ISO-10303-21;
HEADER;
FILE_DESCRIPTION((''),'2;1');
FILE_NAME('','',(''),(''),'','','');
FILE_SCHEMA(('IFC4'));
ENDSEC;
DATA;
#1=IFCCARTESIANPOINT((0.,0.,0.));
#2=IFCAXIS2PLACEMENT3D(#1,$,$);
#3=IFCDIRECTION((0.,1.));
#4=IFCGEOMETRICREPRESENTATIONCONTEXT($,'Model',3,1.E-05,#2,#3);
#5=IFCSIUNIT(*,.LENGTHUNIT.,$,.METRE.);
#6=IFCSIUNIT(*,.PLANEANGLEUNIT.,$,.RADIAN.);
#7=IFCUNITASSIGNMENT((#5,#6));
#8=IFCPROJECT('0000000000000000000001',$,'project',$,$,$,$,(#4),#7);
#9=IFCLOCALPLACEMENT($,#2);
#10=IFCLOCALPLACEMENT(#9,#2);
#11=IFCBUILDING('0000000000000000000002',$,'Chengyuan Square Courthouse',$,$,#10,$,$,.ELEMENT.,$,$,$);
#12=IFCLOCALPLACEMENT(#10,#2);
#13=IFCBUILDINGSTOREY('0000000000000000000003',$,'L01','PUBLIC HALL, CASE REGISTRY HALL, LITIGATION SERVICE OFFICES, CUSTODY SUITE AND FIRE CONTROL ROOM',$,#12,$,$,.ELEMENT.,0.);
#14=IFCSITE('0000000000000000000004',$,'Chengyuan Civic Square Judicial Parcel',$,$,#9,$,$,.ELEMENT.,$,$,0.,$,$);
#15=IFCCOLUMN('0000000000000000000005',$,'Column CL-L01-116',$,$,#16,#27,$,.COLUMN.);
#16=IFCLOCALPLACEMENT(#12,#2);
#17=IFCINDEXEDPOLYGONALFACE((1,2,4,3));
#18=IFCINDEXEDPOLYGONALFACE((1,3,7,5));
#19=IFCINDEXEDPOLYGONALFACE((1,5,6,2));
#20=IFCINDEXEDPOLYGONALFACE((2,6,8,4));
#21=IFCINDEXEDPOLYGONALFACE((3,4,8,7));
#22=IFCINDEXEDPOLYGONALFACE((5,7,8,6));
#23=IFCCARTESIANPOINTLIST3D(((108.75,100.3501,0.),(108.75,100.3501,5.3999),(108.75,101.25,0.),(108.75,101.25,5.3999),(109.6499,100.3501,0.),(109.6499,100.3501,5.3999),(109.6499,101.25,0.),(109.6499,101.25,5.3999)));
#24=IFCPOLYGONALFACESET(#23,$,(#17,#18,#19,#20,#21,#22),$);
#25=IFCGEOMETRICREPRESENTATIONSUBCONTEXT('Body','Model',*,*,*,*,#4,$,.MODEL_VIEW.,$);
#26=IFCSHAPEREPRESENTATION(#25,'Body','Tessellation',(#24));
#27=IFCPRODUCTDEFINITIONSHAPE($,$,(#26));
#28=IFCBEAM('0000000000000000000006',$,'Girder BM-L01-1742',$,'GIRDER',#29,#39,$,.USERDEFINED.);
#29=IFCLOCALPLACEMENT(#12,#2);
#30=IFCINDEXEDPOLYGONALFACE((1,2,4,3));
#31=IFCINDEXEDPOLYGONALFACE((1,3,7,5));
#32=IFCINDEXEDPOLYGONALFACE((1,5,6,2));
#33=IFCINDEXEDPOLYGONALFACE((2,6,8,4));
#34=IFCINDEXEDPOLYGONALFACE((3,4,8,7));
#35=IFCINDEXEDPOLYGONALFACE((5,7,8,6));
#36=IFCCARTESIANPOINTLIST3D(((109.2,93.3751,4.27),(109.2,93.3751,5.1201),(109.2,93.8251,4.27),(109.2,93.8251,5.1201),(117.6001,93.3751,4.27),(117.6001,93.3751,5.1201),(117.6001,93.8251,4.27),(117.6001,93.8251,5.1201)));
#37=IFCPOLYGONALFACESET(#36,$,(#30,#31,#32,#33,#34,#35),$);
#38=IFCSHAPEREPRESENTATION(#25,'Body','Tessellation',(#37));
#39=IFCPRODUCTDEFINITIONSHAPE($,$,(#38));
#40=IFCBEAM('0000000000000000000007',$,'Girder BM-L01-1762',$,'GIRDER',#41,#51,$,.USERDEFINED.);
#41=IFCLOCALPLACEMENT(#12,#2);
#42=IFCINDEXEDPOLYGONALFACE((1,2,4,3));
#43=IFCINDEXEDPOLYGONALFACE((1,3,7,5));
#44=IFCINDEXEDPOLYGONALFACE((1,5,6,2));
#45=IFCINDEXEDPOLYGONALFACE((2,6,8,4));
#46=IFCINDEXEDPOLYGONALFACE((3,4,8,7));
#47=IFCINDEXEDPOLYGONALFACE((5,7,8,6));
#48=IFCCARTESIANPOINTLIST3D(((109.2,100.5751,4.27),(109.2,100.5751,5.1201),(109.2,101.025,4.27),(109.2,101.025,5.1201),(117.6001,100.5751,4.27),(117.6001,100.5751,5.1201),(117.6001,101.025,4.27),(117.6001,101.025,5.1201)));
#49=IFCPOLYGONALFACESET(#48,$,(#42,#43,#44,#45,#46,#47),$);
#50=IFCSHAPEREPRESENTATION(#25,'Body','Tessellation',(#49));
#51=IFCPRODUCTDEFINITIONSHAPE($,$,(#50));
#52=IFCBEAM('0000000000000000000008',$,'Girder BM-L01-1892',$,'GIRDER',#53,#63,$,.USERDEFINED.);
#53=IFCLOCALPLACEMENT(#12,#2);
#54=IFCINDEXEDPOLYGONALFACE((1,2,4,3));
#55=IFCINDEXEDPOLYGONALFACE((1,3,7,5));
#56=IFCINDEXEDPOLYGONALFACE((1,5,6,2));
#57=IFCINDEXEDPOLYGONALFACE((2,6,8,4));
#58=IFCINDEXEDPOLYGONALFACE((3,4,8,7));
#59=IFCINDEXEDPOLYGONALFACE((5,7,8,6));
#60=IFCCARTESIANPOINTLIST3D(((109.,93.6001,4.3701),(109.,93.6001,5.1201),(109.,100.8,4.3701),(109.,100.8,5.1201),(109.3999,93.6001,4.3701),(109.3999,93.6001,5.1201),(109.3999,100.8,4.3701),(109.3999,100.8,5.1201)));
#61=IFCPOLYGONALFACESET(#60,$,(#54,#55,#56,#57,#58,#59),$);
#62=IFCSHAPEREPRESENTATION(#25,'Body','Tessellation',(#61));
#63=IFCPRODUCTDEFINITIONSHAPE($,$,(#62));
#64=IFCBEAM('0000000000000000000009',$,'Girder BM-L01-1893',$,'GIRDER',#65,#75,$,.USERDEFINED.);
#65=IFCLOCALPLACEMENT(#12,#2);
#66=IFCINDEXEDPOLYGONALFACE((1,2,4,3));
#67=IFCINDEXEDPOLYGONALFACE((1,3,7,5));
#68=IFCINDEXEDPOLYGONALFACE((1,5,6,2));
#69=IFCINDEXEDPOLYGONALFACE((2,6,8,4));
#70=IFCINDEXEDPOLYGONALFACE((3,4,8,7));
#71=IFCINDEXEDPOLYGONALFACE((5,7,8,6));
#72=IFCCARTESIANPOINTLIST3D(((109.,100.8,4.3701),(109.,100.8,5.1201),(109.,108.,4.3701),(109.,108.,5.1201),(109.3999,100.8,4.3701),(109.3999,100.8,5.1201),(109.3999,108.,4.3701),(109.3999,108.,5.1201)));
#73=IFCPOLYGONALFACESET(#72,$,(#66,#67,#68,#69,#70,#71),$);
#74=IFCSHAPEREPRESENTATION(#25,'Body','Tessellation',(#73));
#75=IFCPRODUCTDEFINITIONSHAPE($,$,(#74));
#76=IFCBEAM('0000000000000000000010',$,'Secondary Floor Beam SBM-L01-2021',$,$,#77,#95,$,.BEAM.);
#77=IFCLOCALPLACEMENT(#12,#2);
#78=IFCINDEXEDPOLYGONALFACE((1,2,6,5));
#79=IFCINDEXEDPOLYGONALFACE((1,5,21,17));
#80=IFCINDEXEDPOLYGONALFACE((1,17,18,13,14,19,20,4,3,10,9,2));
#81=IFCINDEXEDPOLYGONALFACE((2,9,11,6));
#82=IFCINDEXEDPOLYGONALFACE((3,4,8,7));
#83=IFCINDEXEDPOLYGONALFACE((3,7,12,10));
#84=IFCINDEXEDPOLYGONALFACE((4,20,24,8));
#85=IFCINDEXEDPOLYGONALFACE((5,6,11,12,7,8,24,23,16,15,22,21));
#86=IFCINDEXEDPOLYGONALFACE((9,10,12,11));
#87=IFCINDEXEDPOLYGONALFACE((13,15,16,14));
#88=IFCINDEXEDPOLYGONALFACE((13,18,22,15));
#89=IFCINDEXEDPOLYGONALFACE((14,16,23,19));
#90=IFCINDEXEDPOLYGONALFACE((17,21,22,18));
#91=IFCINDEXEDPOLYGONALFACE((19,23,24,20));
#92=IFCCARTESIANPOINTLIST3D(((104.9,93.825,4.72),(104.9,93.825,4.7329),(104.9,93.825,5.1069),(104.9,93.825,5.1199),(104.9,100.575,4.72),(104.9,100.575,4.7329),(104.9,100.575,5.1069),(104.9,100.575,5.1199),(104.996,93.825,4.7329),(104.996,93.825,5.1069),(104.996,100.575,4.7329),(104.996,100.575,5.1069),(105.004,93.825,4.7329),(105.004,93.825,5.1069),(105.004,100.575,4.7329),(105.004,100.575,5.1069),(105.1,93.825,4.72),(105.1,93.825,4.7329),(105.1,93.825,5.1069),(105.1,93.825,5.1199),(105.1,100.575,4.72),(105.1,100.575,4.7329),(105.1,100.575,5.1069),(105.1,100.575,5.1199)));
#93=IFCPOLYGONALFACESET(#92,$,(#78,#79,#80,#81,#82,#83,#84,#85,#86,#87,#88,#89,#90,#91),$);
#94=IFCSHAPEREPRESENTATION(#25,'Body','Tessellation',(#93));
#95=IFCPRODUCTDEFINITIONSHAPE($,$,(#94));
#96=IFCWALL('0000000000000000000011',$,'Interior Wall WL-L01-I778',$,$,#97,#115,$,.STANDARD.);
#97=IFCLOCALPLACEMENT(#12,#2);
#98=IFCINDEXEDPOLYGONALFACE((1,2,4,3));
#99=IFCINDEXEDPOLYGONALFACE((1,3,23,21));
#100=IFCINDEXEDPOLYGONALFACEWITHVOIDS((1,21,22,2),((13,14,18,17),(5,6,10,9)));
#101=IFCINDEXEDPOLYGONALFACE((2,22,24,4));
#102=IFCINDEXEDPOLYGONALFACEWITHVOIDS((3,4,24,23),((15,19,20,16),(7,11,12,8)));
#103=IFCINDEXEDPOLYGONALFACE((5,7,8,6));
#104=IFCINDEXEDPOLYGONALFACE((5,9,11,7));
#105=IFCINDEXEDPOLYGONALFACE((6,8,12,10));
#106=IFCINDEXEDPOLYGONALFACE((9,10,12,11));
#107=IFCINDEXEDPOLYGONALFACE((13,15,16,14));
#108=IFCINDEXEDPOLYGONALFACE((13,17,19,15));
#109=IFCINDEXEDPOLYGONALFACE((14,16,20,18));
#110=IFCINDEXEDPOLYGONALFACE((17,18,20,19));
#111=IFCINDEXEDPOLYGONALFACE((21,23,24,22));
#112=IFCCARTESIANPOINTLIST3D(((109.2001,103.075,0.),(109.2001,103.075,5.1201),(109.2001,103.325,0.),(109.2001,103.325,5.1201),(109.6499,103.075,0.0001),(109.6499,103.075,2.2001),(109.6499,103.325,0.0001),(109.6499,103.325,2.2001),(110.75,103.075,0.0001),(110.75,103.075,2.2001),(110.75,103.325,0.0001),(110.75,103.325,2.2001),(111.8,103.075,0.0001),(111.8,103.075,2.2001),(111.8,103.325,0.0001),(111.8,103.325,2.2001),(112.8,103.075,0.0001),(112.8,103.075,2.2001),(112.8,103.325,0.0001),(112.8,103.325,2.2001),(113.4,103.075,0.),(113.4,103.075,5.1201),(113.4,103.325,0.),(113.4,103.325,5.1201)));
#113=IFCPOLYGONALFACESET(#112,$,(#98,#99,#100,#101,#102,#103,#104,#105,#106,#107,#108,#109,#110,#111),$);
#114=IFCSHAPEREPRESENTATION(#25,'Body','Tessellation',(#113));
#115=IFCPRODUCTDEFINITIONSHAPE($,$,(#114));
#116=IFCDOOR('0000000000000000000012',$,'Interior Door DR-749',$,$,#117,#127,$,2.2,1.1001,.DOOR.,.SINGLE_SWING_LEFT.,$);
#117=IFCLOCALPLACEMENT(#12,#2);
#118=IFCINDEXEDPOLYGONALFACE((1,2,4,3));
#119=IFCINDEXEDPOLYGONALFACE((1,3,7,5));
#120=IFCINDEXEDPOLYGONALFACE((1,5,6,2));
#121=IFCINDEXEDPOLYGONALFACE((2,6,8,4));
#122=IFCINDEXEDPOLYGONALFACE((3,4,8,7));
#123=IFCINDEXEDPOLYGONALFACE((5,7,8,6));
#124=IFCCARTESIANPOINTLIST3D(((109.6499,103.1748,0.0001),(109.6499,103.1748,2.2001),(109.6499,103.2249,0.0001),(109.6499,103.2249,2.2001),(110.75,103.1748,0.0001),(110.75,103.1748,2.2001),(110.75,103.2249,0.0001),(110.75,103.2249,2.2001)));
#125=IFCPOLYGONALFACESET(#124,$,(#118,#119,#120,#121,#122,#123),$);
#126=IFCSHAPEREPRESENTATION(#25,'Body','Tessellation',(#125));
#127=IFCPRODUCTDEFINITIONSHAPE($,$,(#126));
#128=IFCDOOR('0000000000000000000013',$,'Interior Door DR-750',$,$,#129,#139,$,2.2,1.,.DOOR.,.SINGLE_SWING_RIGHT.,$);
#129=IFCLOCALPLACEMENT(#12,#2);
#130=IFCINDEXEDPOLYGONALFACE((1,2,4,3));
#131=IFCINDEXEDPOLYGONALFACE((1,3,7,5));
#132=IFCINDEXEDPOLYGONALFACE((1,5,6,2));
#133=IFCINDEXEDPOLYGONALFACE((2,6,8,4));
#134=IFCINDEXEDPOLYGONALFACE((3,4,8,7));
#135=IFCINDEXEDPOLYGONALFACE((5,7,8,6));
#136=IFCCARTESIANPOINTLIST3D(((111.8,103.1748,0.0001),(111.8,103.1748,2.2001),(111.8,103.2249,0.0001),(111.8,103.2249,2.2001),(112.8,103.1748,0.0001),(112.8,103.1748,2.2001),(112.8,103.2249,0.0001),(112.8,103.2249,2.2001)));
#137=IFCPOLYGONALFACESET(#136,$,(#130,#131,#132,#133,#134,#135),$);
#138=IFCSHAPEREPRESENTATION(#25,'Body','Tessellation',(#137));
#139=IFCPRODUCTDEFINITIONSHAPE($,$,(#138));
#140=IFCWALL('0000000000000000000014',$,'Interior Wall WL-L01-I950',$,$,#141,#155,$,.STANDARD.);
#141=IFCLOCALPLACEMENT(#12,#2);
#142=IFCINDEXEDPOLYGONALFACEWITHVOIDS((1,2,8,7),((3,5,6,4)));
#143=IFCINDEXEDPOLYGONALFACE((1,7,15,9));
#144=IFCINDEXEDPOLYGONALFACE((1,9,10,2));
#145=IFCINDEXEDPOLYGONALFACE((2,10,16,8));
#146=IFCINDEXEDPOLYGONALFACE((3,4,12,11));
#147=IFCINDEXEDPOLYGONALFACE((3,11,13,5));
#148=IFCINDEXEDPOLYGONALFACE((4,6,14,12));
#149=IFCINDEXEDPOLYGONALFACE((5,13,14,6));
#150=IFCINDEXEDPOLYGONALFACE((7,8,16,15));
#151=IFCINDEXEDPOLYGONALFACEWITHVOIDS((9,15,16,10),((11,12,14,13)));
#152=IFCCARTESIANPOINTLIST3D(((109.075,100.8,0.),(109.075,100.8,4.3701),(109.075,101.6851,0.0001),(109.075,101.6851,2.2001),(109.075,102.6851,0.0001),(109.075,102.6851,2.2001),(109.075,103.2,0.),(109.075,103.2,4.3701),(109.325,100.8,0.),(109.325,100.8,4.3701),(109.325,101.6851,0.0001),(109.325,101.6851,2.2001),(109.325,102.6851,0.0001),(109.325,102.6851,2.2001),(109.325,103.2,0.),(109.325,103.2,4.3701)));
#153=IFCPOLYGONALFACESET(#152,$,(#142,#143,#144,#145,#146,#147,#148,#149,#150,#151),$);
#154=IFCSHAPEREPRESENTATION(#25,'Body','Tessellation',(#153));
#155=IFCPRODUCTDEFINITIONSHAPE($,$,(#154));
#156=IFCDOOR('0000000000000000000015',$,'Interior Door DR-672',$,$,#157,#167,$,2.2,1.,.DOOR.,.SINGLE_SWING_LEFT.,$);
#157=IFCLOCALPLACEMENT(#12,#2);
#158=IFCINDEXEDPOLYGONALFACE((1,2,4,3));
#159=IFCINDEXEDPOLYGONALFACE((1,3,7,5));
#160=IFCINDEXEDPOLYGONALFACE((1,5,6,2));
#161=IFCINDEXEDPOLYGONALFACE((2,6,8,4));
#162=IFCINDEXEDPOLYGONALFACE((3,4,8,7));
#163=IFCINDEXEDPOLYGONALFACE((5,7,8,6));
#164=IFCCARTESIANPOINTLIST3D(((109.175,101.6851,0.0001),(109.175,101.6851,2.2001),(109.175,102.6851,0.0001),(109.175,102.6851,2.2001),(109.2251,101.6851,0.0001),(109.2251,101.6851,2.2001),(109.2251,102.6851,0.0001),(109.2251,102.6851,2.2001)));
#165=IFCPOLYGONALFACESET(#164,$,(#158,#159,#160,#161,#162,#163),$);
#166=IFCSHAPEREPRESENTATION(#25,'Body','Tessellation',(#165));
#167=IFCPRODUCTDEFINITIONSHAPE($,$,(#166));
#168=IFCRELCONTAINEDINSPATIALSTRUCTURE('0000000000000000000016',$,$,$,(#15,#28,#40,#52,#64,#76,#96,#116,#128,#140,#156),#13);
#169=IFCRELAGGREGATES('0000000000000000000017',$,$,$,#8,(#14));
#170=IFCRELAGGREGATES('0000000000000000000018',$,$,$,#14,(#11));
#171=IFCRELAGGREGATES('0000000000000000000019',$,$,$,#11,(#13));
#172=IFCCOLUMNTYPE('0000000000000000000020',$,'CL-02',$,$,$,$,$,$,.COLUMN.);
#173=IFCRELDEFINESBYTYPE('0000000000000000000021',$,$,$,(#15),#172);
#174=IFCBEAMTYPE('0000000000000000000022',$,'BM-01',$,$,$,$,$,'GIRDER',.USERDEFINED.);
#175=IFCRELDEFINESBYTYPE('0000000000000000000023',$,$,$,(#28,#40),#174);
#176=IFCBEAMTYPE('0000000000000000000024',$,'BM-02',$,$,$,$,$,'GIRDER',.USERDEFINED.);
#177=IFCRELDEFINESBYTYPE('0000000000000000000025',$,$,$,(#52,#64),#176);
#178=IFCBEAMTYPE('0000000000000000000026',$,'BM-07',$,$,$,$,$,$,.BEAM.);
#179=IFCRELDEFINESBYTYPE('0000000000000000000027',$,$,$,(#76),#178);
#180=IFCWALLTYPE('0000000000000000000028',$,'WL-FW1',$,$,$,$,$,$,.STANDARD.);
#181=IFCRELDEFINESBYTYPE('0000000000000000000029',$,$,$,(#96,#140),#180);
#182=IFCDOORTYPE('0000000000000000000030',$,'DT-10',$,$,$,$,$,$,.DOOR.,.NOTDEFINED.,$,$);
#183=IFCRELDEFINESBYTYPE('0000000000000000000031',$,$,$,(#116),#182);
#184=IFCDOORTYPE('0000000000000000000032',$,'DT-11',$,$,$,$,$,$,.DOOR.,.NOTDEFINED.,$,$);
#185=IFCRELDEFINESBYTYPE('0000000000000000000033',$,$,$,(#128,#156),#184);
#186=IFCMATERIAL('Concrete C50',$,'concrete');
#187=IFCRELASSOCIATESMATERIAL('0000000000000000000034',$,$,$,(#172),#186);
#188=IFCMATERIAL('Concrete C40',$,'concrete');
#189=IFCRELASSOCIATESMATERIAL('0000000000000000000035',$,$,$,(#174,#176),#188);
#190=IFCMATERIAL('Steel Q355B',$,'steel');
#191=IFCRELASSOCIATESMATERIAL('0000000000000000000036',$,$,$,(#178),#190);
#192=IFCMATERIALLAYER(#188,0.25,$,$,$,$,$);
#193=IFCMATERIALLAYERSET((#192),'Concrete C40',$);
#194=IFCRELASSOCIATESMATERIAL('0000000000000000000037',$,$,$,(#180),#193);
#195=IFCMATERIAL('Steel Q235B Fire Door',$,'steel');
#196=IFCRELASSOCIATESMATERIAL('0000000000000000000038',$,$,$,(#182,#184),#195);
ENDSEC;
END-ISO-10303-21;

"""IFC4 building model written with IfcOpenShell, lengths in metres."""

from ifc_helpers import new_model, si_unit, direction, frame, frame_2d, origin, origin_2d, place, context, subcontext, project, spatial, rectangle, i_section, extrude, material, layer, layer_set, material_profile, profile_set, type_object, element, fill, save


model = new_model("IFC4")

# Units and contexts
model_context = context("Model", 3, precision=1e-05, world=origin(), true_north=direction((0.0, 1.0)))
body_context = subcontext(model_context, "Body", "Model", "MODEL_VIEW")
ifc_project = project(units=[si_unit("LENGTHUNIT", "METRE"), si_unit("PLANEANGLEUNIT", "RADIAN")], contexts=[model_context])

# Site, building, storey
site_placement = place(None, origin())
site = spatial("IfcSite", under=ifc_project, at=site_placement, Name="Chengyuan Civic Square Judicial Parcel", CompositionType="ELEMENT", RefElevation=0.0)
building_placement = place(site_placement, origin())
building = spatial("IfcBuilding", under=site, at=building_placement, Name="Chengyuan Square Courthouse", CompositionType="ELEMENT")
storey_placement = place(building_placement, origin())
storey = spatial("IfcBuildingStorey", under=building, at=storey_placement, Name="L01", Description="PUBLIC HALL, CASE REGISTRY HALL, LITIGATION SERVICE OFFICES, CUSTODY SUITE AND FIRE CONTROL ROOM", CompositionType="ELEMENT", Elevation=0.0)

# Column
ifc_material_1 = material(Name="Concrete C50", Category="concrete")
ifc_material_profile_1 = material_profile(ifc_material_1, rectangle(XDim=0.8999, YDim=0.8999, at=origin_2d()), Name="RC-COL-900x900")
ifc_profile_set_1 = profile_set([ifc_material_profile_1], Name="Concrete C50")
column_type = type_object("IfcColumnType", Name="CL-02", PredefinedType="COLUMN", material=ifc_profile_set_1)
column_placement = place(storey_placement, frame((109.2, 100.8, 0.0), z_axis=(0.0, 0.0, 1.0), x_axis=(1.0, 0.0, 0.0)))
element("IfcColumn", 1, at=column_placement, inside=storey, type_object=column_type, Name="Column CL-L01-116", PredefinedType="COLUMN", context=body_context, shape_type="SweptSolid", body=[
    extrude(rectangle(XDim=0.8999, YDim=0.8999, at=origin_2d()), origin(), (0.0, 0.0, 1.0), 5.3999),
])

# Beams
ifc_material_2 = material(Name="Concrete C40", Category="concrete")
ifc_material_profile_2 = material_profile(ifc_material_2, rectangle(XDim=0.45, YDim=0.8501, at=origin_2d()), Name="RC-BM-450x850")
ifc_profile_set_2 = profile_set([ifc_material_profile_2], Name="Concrete C40")
beam_type_1 = type_object("IfcBeamType", Name="BM-01", ElementType="GIRDER", PredefinedType="USERDEFINED", material=ifc_profile_set_2)
for number, where, z_axis, x_axis, name in (
    (2, (109.2, 93.6001, 4.6951), (1.0, 0.0, 0.0), (0.0, 1.0, 0.0), "Girder BM-L01-1742"),
    (3, (109.2, 100.8, 4.6951), (1.0, 0.0, 0.0), (0.0, 1.0, 0.0), "Girder BM-L01-1762"),
):
    element("IfcBeam", number, at=place(storey_placement, frame(where, z_axis=z_axis, x_axis=x_axis)), inside=storey, type_object=beam_type_1, Name=name, ObjectType="GIRDER", PredefinedType="USERDEFINED", context=body_context, shape_type="SweptSolid", body=[
        extrude(rectangle(XDim=0.45, YDim=0.8501, at=origin_2d()), origin(), (0.0, 0.0, 1.0), 8.4001),
    ])
ifc_material_profile_3 = material_profile(ifc_material_2, rectangle(XDim=0.3999, YDim=0.75, at=origin_2d()), Name="RC-BM-400x750")
ifc_profile_set_3 = profile_set([ifc_material_profile_3], Name="Concrete C40")
beam_type_2 = type_object("IfcBeamType", Name="BM-02", ElementType="GIRDER", PredefinedType="USERDEFINED", material=ifc_profile_set_3)
for number, where, z_axis, x_axis, name in (
    (4, (109.2, 93.6001, 4.7451), (0.0, 1.0, 0.0), (-1.0, 0.0, 0.0), "Girder BM-L01-1892"),
    (5, (109.2, 100.8, 4.7451), (0.0, 1.0, 0.0), (-1.0, 0.0, 0.0), "Girder BM-L01-1893"),
):
    element("IfcBeam", number, at=place(storey_placement, frame(where, z_axis=z_axis, x_axis=x_axis)), inside=storey, type_object=beam_type_2, Name=name, ObjectType="GIRDER", PredefinedType="USERDEFINED", context=body_context, shape_type="SweptSolid", body=[
        extrude(rectangle(XDim=0.3999, YDim=0.75, at=origin_2d()), origin(), (0.0, 0.0, 1.0), 7.2),
    ])
ifc_material_3 = material(Name="Steel Q355B", Category="steel")
ifc_material_profile_4 = material_profile(ifc_material_3, i_section(OverallWidth=0.2, OverallDepth=0.3999, WebThickness=0.0081, FlangeThickness=0.0129, at=origin_2d()), Name="HN 400x200x8x13")
ifc_profile_set_4 = profile_set([ifc_material_profile_4], Name="Steel Q355B")
beam_type_3 = type_object("IfcBeamType", Name="BM-07", PredefinedType="BEAM", material=ifc_profile_set_4)
beam_placement = place(storey_placement, frame((105.0, 93.825, 4.9199), z_axis=(0.0, 1.0, 0.0), x_axis=(-1.0, 0.0, 0.0)))
element("IfcBeam", 6, at=beam_placement, inside=storey, type_object=beam_type_3, Name="Secondary Floor Beam SBM-L01-2021", PredefinedType="BEAM", context=body_context, shape_type="SweptSolid", body=[
    extrude(i_section(OverallWidth=0.2, OverallDepth=0.3999, WebThickness=0.0081, FlangeThickness=0.0129, at=origin_2d()), origin(), (0.0, 0.0, 1.0), 6.75),
])

# Wall, openings, doors
ifc_layer_1 = layer(ifc_material_2, 0.25)
ifc_layer_set_1 = layer_set([ifc_layer_1], Name="Concrete C40")
wall_type_1 = type_object("IfcWallType", Name="WL-FW1", PredefinedType="STANDARD", material=ifc_layer_set_1)
wall_1_placement = place(storey_placement, frame((109.2, 103.2, 0.0), z_axis=(0.0, 0.0, 1.0), x_axis=(1.0, 0.0, 0.0)))
wall_1 = element("IfcWall", 7, at=wall_1_placement, inside=storey, type_object=wall_type_1, Name="Interior Wall WL-L01-I778", PredefinedType="STANDARD", context=body_context, shape_type="SweptSolid", body=[
    extrude(rectangle(XDim=4.2, YDim=0.25, at=frame_2d((2.1001, 0.0))), origin(), (0.0, 0.0, 1.0), 5.1201),
])
opening_1_placement = place(wall_1_placement, frame((0.45, 0.0, 0.0)))
opening_1 = element("IfcOpeningElement", 8, at=opening_1_placement, cuts=wall_1, PredefinedType="OPENING", context=body_context, shape_type="SweptSolid", body=[
    extrude(rectangle(XDim=1.1001, YDim=2.2, at=frame_2d((0.55, 1.1001))), frame((0.0, 0.137, 0.0), z_axis=(0.0, -1.0, 0.0), x_axis=(1.0, 0.0, 0.0)), (0.0, 0.0, 1.0), 0.2739),
])
opening_2_placement = place(wall_1_placement, frame((2.6001, 0.0, 0.0)))
opening_2 = element("IfcOpeningElement", 9, at=opening_2_placement, cuts=wall_1, PredefinedType="OPENING", context=body_context, shape_type="SweptSolid", body=[
    extrude(rectangle(XDim=1.0, YDim=2.2, at=frame_2d((0.5, 1.1001))), frame((0.0, 0.137, 0.0), z_axis=(0.0, -1.0, 0.0), x_axis=(1.0, 0.0, 0.0)), (0.0, 0.0, 1.0), 0.2739),
])
ifc_material_4 = material(Name="Steel Q235B Fire Door", Category="steel")
door_type_1 = type_object("IfcDoorType", Name="DT-10", OperationType="NOTDEFINED", PredefinedType="DOOR", material=ifc_material_4)
door_1_placement = place(opening_1_placement, origin())
door_1 = element("IfcDoor", 10, at=door_1_placement, inside=storey, type_object=door_type_1, Name="Interior Door DR-749", OperationType="SINGLE_SWING_LEFT", OverallHeight=2.2, OverallWidth=1.1001, PredefinedType="DOOR", context=body_context, shape_type="SweptSolid", body=[
    extrude(rectangle(XDim=1.1001, YDim=2.2, at=frame_2d((0.55, 1.1001))), frame((0.0, 0.0249, 0.0), z_axis=(0.0, -1.0, 0.0), x_axis=(1.0, 0.0, 0.0)), (0.0, 0.0, 1.0), 0.05),
])
fill(opening_1, door_1)
door_type_2 = type_object("IfcDoorType", Name="DT-11", OperationType="NOTDEFINED", PredefinedType="DOOR", material=ifc_material_4)
door_2_placement = place(opening_2_placement, origin())
door_2 = element("IfcDoor", 11, at=door_2_placement, inside=storey, type_object=door_type_2, Name="Interior Door DR-750", OperationType="SINGLE_SWING_RIGHT", OverallHeight=2.2, OverallWidth=1.0, PredefinedType="DOOR", context=body_context, shape_type="SweptSolid", body=[
    extrude(rectangle(XDim=1.0, YDim=2.2, at=frame_2d((0.5, 1.1001))), frame((0.0, 0.0249, 0.0), z_axis=(0.0, -1.0, 0.0), x_axis=(1.0, 0.0, 0.0)), (0.0, 0.0, 1.0), 0.05),
])
fill(opening_2, door_2)

# Wall, opening, door
wall_2_placement = place(storey_placement, frame((109.2, 100.8, 0.0), z_axis=(0.0, 0.0, 1.0), x_axis=(0.0, 1.0, 0.0)))
wall_2 = element("IfcWall", 12, at=wall_2_placement, inside=storey, type_object=wall_type_1, Name="Interior Wall WL-L01-I950", PredefinedType="STANDARD", context=body_context, shape_type="SweptSolid", body=[
    extrude(rectangle(XDim=2.3999, YDim=0.25, at=frame_2d((1.2, 0.0))), origin(), (0.0, 0.0, 1.0), 4.3701),
])
opening_3_placement = place(wall_2_placement, frame((0.885, 0.0, 0.0)))
opening_3 = element("IfcOpeningElement", 13, at=opening_3_placement, cuts=wall_2, PredefinedType="OPENING", context=body_context, shape_type="SweptSolid", body=[
    extrude(rectangle(XDim=1.0, YDim=2.2, at=frame_2d((0.5, 1.1001))), frame((0.0, 0.137, 0.0), z_axis=(0.0, -1.0, 0.0), x_axis=(1.0, 0.0, 0.0)), (0.0, 0.0, 1.0), 0.2739),
])
door_3_placement = place(opening_3_placement, origin())
door_3 = element("IfcDoor", 14, at=door_3_placement, inside=storey, type_object=door_type_2, Name="Interior Door DR-672", OperationType="SINGLE_SWING_LEFT", OverallHeight=2.2, OverallWidth=1.0, PredefinedType="DOOR", context=body_context, shape_type="SweptSolid", body=[
    extrude(rectangle(XDim=1.0, YDim=2.2, at=frame_2d((0.5, 1.1001))), frame((0.0, 0.0249, 0.0), z_axis=(0.0, -1.0, 0.0), x_axis=(1.0, 0.0, 0.0)), (0.0, 0.0, 1.0), 0.05),
])
fill(opening_3, door_3)

save(model, "model.ifc")
